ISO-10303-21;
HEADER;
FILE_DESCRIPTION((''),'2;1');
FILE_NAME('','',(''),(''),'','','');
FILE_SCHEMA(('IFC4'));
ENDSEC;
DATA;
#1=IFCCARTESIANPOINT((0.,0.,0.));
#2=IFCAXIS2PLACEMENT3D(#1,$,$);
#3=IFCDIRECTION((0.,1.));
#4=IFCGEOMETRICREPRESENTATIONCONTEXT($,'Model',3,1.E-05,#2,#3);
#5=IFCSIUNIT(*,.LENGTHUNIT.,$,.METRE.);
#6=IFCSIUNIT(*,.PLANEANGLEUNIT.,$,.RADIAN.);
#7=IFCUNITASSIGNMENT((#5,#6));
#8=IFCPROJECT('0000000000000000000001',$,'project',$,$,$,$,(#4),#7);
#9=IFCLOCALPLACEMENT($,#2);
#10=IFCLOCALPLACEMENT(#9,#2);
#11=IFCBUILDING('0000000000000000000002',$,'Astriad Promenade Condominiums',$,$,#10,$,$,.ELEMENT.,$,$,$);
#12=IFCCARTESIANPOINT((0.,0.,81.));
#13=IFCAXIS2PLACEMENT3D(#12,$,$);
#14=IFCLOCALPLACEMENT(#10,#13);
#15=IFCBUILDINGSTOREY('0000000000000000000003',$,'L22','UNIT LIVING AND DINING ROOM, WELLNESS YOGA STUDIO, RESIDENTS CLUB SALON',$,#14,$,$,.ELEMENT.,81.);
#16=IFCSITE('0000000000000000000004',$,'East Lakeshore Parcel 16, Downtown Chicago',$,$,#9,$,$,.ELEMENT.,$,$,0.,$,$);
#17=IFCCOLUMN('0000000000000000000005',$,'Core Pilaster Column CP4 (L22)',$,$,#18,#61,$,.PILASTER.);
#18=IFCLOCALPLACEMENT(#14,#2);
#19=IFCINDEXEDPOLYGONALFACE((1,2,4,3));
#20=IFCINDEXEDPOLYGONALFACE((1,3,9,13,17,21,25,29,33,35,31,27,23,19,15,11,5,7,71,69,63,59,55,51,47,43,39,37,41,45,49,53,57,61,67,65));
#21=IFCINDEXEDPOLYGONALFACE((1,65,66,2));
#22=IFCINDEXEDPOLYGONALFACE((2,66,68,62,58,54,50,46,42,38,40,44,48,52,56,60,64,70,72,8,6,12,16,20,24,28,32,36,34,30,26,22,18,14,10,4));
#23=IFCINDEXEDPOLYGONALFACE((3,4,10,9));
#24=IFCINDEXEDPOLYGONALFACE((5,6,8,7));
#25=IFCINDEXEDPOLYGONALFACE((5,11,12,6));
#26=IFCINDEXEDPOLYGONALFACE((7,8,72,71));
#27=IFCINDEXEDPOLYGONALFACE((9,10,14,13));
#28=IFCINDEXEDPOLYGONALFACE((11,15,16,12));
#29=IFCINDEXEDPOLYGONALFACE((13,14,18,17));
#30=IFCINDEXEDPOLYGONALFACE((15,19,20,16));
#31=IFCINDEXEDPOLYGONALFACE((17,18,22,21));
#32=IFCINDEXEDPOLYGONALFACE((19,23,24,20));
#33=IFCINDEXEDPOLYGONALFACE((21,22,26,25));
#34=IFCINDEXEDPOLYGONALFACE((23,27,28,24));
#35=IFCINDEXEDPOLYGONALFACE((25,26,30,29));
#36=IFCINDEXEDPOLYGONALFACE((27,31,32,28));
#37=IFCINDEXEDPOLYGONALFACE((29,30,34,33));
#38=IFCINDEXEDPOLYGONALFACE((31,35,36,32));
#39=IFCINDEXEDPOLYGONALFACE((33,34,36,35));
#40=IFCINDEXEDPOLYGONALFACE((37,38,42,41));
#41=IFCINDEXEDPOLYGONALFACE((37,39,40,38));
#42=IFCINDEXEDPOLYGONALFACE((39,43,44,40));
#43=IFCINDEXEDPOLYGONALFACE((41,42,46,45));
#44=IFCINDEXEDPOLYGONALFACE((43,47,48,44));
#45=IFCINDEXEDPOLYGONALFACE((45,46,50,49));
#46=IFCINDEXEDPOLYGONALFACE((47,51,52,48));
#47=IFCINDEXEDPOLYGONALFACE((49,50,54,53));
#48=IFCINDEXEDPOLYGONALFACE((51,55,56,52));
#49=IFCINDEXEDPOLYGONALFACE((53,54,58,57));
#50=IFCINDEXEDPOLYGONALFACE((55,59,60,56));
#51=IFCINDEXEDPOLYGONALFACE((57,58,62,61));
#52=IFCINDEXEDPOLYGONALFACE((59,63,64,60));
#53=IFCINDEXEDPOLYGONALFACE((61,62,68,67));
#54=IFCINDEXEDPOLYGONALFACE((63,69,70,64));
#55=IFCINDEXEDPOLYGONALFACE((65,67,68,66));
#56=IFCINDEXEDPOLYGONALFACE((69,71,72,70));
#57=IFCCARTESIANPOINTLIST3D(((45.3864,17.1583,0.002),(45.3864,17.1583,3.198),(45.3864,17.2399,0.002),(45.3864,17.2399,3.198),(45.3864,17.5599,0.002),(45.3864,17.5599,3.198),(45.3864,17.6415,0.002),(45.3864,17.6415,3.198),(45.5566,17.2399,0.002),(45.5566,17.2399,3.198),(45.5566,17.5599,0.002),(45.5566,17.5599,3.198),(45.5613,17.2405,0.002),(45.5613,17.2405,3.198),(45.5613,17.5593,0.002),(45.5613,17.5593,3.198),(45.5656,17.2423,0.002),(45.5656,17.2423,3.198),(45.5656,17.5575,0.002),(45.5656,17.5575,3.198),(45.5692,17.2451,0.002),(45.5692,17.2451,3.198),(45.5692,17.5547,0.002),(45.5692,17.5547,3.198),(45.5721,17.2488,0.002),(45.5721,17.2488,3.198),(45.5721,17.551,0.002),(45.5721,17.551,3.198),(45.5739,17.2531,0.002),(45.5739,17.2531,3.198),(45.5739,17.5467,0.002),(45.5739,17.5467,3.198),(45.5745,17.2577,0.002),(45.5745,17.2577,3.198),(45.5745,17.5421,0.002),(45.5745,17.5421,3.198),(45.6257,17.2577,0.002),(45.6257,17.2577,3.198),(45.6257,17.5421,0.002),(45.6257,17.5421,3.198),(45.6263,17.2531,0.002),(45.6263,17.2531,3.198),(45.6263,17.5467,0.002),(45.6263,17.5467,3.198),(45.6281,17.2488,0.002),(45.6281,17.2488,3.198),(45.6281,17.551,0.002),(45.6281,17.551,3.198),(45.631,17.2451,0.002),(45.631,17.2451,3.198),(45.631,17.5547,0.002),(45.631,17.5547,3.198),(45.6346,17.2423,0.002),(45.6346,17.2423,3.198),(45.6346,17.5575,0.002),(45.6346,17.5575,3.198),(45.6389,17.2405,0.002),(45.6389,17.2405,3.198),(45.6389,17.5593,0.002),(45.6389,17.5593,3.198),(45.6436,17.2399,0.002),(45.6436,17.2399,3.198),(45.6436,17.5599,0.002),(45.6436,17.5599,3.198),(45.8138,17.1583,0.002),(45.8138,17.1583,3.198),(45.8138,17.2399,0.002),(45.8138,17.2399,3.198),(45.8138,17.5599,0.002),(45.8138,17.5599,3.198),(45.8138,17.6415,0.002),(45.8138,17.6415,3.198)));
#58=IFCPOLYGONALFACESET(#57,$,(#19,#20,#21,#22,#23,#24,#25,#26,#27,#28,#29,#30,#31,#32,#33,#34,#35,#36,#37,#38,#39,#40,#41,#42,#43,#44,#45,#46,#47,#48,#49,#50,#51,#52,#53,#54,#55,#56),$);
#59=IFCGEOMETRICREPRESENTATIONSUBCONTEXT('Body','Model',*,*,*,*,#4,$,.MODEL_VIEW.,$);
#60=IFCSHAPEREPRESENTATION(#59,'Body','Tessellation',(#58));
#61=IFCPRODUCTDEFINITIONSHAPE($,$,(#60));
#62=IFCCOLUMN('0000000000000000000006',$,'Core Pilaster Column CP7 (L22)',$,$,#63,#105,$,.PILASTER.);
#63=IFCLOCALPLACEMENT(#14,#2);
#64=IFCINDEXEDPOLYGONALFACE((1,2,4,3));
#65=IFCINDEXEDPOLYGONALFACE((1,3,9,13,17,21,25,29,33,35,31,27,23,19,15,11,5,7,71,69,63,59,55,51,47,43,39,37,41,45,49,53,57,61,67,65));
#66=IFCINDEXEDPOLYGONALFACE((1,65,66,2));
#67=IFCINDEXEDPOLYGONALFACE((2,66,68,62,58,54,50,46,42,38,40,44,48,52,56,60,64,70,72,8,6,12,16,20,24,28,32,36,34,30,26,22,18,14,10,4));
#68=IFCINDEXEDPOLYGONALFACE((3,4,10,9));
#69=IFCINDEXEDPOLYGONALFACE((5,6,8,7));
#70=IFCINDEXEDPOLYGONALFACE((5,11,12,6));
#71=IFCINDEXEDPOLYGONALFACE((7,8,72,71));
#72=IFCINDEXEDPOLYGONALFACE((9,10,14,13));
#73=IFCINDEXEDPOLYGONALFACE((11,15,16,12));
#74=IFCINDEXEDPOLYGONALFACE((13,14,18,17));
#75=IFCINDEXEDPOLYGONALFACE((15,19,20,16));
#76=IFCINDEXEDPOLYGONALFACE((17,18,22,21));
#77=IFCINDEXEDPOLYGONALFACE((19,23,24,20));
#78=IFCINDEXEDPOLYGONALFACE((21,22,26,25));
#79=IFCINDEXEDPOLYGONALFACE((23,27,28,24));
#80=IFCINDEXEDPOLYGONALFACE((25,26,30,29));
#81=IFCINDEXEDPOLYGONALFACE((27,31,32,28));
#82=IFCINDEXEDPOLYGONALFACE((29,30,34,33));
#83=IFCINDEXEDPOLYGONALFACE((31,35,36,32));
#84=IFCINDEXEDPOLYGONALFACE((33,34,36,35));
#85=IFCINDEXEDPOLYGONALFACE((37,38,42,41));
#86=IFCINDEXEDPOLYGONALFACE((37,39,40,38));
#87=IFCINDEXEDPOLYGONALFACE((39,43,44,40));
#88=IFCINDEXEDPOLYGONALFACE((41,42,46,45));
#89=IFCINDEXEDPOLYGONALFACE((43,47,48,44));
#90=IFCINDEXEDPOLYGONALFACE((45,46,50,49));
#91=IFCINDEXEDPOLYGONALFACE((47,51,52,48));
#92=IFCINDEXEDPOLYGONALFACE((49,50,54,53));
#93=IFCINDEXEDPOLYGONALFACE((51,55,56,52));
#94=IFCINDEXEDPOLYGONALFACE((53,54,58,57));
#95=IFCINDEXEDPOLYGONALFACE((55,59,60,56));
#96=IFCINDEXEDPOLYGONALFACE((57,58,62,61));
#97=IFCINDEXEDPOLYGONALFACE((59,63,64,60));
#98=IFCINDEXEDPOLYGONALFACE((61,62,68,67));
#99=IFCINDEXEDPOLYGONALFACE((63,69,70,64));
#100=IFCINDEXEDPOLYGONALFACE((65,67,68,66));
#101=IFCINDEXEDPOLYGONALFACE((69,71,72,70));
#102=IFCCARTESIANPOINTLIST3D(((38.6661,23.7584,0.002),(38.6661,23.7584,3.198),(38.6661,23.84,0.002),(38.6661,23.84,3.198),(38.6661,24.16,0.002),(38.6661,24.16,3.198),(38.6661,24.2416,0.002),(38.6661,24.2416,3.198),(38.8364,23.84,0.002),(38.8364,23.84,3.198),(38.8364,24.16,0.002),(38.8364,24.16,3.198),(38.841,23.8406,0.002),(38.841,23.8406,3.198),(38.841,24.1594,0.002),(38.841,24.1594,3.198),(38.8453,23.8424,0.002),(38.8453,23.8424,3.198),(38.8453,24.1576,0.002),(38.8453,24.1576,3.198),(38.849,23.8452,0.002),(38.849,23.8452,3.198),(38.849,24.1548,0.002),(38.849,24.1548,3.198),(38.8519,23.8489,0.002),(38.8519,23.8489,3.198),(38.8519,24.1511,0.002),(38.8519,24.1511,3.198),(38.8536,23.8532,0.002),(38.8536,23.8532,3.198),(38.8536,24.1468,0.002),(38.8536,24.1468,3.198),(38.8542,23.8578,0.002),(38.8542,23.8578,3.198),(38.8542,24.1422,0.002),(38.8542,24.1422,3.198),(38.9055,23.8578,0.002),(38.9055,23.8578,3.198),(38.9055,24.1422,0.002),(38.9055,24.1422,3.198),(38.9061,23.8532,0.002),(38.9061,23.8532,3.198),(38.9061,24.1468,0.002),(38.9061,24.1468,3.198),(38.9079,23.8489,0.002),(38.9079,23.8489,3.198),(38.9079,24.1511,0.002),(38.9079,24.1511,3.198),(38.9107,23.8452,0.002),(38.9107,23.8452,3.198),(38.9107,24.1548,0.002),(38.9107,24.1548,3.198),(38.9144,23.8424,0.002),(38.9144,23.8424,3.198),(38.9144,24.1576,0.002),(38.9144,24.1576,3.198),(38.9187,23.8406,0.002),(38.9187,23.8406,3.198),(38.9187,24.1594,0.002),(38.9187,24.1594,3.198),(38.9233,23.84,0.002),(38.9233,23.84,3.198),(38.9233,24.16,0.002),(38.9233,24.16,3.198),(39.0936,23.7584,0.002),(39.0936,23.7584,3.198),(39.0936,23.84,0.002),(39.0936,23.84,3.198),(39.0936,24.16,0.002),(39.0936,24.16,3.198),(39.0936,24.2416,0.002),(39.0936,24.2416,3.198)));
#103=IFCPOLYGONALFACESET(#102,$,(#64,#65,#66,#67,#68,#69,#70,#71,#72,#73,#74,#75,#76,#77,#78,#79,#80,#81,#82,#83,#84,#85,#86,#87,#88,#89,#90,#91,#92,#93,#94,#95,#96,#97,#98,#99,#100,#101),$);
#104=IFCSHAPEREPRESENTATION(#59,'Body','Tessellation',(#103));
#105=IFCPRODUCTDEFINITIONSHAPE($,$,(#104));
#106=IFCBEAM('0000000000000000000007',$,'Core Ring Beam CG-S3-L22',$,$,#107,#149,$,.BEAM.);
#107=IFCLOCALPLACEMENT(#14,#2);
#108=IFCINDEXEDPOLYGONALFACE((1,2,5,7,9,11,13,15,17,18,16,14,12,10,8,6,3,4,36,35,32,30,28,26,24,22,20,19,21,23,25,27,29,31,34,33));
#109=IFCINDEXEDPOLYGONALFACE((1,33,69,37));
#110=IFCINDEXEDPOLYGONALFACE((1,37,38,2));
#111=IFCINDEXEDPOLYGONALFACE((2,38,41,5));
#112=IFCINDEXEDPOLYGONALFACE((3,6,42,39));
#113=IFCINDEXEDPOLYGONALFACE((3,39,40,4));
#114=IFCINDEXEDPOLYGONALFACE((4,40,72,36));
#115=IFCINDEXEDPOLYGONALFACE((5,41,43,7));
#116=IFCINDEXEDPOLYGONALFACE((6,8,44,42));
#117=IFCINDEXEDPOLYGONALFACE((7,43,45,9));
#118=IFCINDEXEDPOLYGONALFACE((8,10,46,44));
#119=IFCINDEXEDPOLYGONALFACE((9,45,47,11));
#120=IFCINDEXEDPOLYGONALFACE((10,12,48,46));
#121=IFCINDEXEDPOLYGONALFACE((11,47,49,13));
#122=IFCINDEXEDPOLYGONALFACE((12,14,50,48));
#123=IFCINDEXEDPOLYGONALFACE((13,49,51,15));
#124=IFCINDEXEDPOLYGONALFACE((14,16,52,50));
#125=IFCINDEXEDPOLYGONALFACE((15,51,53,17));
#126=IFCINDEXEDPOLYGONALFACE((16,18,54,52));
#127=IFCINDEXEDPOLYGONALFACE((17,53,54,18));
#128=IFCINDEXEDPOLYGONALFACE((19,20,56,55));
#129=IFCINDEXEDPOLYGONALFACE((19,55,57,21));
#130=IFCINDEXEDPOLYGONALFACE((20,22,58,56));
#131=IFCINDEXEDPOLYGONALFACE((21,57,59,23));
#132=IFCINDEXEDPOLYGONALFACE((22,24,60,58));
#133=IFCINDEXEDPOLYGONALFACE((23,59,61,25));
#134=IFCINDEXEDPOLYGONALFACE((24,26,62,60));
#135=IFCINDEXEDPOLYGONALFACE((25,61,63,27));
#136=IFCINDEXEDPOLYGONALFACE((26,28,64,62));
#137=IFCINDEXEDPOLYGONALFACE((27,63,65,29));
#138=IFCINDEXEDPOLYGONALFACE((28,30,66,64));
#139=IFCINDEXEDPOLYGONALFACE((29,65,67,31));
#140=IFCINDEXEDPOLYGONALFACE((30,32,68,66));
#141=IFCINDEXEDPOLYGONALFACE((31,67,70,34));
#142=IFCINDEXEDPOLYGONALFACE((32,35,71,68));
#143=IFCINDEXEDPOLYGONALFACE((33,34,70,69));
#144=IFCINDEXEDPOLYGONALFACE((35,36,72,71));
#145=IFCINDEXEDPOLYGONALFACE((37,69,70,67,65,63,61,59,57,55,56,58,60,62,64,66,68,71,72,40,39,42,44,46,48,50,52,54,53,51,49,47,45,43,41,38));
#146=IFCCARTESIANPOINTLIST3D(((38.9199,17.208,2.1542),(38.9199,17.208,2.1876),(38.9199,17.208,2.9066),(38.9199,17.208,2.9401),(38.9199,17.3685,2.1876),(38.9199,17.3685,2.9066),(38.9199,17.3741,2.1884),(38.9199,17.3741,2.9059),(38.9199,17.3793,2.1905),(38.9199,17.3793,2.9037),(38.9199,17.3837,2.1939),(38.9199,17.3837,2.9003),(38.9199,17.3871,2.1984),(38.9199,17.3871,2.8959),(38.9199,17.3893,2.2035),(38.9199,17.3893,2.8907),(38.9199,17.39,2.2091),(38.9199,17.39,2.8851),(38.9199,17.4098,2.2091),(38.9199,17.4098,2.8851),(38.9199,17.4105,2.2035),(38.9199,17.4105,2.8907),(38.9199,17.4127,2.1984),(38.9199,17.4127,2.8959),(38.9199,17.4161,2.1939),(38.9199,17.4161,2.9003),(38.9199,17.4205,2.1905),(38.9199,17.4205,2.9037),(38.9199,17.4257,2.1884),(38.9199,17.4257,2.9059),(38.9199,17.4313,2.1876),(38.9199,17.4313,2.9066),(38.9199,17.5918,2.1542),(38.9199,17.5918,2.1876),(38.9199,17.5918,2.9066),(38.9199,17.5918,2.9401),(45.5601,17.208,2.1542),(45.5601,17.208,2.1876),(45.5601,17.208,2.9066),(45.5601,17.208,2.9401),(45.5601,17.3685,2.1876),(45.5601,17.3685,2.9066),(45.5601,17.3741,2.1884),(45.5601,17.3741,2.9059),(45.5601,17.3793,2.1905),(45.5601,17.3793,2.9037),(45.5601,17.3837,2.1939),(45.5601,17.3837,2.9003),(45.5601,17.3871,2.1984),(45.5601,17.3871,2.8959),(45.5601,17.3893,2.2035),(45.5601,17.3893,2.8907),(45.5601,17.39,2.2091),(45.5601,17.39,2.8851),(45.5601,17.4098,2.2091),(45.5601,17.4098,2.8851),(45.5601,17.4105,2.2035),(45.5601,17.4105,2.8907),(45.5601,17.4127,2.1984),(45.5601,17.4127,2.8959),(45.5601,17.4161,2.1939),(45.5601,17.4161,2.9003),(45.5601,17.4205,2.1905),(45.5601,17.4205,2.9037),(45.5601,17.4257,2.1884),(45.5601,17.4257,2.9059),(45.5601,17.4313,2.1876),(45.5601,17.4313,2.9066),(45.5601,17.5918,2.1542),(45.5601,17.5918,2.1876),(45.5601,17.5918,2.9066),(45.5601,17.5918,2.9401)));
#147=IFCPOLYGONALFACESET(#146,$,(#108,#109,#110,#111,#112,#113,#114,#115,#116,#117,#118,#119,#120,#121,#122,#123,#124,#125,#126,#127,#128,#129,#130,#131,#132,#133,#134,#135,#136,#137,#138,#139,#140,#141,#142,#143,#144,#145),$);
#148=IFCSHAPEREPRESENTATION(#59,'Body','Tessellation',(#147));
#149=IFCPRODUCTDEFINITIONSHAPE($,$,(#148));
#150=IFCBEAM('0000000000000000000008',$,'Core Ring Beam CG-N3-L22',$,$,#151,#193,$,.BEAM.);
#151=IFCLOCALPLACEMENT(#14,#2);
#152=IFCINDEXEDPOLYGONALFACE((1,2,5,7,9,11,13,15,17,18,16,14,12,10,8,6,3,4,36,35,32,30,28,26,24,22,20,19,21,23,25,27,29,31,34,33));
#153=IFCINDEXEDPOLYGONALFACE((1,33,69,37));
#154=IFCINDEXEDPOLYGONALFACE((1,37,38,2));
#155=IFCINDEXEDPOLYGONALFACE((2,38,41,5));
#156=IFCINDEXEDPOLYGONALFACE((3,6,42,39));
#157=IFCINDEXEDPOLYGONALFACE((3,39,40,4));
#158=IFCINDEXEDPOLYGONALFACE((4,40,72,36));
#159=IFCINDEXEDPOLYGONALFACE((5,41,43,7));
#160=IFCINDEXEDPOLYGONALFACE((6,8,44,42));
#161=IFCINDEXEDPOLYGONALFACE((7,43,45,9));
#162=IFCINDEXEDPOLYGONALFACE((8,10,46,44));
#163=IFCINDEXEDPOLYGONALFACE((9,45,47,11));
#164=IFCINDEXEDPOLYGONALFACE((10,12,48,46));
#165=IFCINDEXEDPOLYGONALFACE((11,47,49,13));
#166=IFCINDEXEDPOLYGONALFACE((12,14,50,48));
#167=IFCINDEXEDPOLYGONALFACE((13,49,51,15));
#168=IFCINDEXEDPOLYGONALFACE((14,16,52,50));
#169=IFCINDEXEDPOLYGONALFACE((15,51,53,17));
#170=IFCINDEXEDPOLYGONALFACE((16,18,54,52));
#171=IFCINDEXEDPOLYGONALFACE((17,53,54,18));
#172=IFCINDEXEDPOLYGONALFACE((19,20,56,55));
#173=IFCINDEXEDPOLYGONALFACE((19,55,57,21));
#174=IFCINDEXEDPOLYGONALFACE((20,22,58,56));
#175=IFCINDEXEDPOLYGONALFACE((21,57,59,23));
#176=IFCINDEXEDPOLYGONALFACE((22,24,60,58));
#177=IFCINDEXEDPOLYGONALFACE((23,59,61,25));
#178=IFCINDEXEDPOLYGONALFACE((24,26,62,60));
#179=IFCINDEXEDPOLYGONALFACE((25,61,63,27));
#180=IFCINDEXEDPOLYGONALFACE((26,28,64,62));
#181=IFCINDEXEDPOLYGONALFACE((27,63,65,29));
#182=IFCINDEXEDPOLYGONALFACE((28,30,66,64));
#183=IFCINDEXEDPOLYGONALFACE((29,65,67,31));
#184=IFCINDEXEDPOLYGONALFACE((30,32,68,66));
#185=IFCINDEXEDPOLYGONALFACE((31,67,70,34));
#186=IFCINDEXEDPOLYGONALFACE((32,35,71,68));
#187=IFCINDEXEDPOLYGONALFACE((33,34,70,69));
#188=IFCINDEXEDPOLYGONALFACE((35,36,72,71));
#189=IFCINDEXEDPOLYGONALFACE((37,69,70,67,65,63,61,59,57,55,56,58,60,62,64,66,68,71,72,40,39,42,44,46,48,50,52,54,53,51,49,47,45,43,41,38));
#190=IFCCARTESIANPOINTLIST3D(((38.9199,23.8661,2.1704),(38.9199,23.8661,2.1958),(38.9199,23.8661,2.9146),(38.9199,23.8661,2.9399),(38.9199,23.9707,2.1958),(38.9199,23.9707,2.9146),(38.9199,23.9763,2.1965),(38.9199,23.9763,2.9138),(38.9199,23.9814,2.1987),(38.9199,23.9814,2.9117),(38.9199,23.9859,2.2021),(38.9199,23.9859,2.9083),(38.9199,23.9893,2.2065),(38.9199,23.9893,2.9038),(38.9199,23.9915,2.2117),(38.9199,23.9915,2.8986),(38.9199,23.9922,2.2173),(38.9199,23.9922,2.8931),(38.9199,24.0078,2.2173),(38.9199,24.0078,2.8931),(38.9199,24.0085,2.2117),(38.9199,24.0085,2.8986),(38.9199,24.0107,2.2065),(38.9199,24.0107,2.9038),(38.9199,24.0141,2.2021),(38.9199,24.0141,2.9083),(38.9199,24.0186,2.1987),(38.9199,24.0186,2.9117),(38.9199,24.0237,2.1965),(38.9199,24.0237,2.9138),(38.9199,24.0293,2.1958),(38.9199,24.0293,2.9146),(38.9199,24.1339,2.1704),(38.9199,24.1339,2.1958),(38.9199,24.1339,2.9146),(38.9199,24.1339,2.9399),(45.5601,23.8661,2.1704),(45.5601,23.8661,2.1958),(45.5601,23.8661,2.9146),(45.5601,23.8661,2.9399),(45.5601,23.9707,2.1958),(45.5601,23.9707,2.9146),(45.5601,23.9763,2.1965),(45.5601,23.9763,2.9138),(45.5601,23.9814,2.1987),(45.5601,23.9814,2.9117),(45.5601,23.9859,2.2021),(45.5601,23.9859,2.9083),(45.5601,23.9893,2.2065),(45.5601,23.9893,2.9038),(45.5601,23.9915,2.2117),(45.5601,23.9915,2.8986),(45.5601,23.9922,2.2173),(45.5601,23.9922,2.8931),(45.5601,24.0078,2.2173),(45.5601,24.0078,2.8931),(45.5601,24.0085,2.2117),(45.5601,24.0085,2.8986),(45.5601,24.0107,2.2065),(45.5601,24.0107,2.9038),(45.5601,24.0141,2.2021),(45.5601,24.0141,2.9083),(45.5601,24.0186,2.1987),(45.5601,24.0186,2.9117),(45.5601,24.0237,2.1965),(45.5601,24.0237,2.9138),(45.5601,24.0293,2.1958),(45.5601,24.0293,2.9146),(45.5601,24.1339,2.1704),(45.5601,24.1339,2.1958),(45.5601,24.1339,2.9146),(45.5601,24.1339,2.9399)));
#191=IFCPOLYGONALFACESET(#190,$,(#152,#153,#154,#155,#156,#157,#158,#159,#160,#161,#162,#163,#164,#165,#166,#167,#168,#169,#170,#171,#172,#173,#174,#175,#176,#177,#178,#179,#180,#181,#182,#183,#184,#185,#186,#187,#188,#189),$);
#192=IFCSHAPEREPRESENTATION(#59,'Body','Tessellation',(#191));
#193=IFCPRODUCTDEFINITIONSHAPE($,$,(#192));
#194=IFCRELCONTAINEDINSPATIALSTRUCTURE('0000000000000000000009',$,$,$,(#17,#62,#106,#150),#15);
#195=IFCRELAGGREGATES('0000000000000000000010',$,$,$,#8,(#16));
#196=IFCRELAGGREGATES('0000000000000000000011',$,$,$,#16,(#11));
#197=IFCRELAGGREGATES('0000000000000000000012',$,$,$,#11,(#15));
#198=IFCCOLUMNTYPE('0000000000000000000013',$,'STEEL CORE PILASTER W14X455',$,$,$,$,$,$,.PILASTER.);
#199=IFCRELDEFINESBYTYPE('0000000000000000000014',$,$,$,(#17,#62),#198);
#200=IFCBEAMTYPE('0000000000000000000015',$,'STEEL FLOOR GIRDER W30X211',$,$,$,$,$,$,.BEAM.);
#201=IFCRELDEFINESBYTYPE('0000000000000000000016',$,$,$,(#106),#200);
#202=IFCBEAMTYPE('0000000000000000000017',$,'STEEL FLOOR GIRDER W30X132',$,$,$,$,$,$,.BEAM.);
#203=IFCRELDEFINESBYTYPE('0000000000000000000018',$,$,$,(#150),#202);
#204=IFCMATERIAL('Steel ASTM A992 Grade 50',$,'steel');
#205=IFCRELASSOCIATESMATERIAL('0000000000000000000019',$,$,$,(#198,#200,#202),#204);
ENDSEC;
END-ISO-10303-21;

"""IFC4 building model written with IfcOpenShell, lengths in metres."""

from ifc_helpers import new_model, si_unit, direction, frame, origin, origin_2d, place, context, subcontext, project, spatial, i_section, extrude, source, transform, mapped, material, material_profile, profile_set, type_object, type_shapes, element, save


model = new_model("IFC4")

# Units and contexts
model_context = context("Model", 3, precision=1e-05, world=origin(), true_north=direction((0.0, 1.0)))
body_context = subcontext(model_context, "Body", "Model", "MODEL_VIEW")
ifc_project = project(units=[si_unit("LENGTHUNIT", "METRE"), si_unit("PLANEANGLEUNIT", "RADIAN")], contexts=[model_context])

# Site, building, storey
site_placement = place(None, origin())
site = spatial("IfcSite", under=ifc_project, at=site_placement, Name="East Lakeshore Parcel 16, Downtown Chicago", CompositionType="ELEMENT", RefElevation=0.0)
building_placement = place(site_placement, origin())
building = spatial("IfcBuilding", under=site, at=building_placement, Name="Astriad Promenade Condominiums", CompositionType="ELEMENT")
storey_placement = place(building_placement, frame((0.0, 0.0, 81.0)))
storey = spatial("IfcBuildingStorey", under=building, at=storey_placement, Name="L22", Description="UNIT LIVING AND DINING ROOM, WELLNESS YOGA STUDIO, RESIDENTS CLUB SALON", CompositionType="ELEMENT", Elevation=81.0)

# Columns
ifc_material_1 = material(Name="Steel ASTM A992 Grade 50", Category="steel")
ifc_material_profile_1 = material_profile(ifc_material_1, i_section(OverallWidth=0.4275, OverallDepth=0.4832, WebThickness=0.0513, FlangeThickness=0.0815, FilletRadius=0.0178, at=origin_2d()), Name="W14X455")
ifc_profile_set_1 = profile_set([ifc_material_profile_1], Name="Steel ASTM A992 Grade 50")
column_type = type_object("IfcColumnType", Name="STEEL CORE PILASTER W14X455", PredefinedType="PILASTER", material=ifc_profile_set_1)
shared_shape_1 = source(origin(), body_context, "Body", "SweptSolid", [
    extrude(i_section(OverallWidth=0.4275, OverallDepth=0.4832, WebThickness=0.0513, FlangeThickness=0.0815, FilletRadius=0.0178, at=origin_2d()), origin(), (0.0, 0.0, 1.0), 3.196),
])
type_shapes(column_type, [shared_shape_1])
for number, where, z_axis, x_axis, name in (
    (1, (45.6001, 17.3999, 0.002), (0.0, 0.0, 1.0), (1.0, 0.0, 0.0), "Core Pilaster Column CP4 (L22)"),
    (2, (38.8799, 24.0, 0.002), (0.0, 0.0, 1.0), (1.0, 0.0, 0.0), "Core Pilaster Column CP7 (L22)"),
):
    element("IfcColumn", number, at=place(storey_placement, frame(where, z_axis=z_axis, x_axis=x_axis)), inside=storey, type_object=column_type, Name=name, PredefinedType="PILASTER", context=body_context, shape_type="MappedRepresentation", body=[
        mapped(shared_shape_1, transform((0.0, 0.0, 0.0), scale=1.0)),
    ])

# Beams
ifc_material_profile_2 = material_profile(ifc_material_1, i_section(OverallWidth=0.3838, OverallDepth=0.7859, WebThickness=0.0198, FlangeThickness=0.0334, FilletRadius=0.0215, at=origin_2d()), Name="W30X211")
ifc_profile_set_2 = profile_set([ifc_material_profile_2], Name="Steel ASTM A992 Grade 50")
beam_type_1 = type_object("IfcBeamType", Name="STEEL FLOOR GIRDER W30X211", PredefinedType="BEAM", material=ifc_profile_set_2)
shared_shape_2 = source(origin(), body_context, "Body", "SweptSolid", [
    extrude(i_section(OverallWidth=0.3838, OverallDepth=0.7859, WebThickness=0.0198, FlangeThickness=0.0334, FilletRadius=0.0215, at=origin_2d()), origin(), (0.0, 0.0, 1.0), 6.6401),
])
type_shapes(beam_type_1, [shared_shape_2])
beam_1_placement = place(storey_placement, frame((38.9199, 17.3999, 2.5471), z_axis=(1.0, 0.0, 0.0), x_axis=(0.0, 1.0, 0.0)))
element("IfcBeam", 3, at=beam_1_placement, inside=storey, type_object=beam_type_1, Name="Core Ring Beam CG-S3-L22", PredefinedType="BEAM", context=body_context, shape_type="MappedRepresentation", body=[
    mapped(shared_shape_2, transform((0.0, 0.0, 0.0), scale=1.0)),
])
ifc_material_profile_3 = material_profile(ifc_material_1, i_section(OverallWidth=0.2678, OverallDepth=0.7695, WebThickness=0.0156, FlangeThickness=0.0254, FilletRadius=0.0215, at=origin_2d()), Name="W30X132")
ifc_profile_set_3 = profile_set([ifc_material_profile_3], Name="Steel ASTM A992 Grade 50")
beam_type_2 = type_object("IfcBeamType", Name="STEEL FLOOR GIRDER W30X132", PredefinedType="BEAM", material=ifc_profile_set_3)
shared_shape_3 = source(origin(), body_context, "Body", "SweptSolid", [
    extrude(i_section(OverallWidth=0.2678, OverallDepth=0.7695, WebThickness=0.0156, FlangeThickness=0.0254, FilletRadius=0.0215, at=origin_2d()), origin(), (0.0, 0.0, 1.0), 6.6401),
])
type_shapes(beam_type_2, [shared_shape_3])
beam_2_placement = place(storey_placement, frame((38.9199, 24.0, 2.5552), z_axis=(1.0, 0.0, 0.0), x_axis=(0.0, 1.0, 0.0)))
element("IfcBeam", 4, at=beam_2_placement, inside=storey, type_object=beam_type_2, Name="Core Ring Beam CG-N3-L22", PredefinedType="BEAM", context=body_context, shape_type="MappedRepresentation", body=[
    mapped(shared_shape_3, transform((0.0, 0.0, 0.0), scale=1.0)),
])

save(model, "model.ifc")
